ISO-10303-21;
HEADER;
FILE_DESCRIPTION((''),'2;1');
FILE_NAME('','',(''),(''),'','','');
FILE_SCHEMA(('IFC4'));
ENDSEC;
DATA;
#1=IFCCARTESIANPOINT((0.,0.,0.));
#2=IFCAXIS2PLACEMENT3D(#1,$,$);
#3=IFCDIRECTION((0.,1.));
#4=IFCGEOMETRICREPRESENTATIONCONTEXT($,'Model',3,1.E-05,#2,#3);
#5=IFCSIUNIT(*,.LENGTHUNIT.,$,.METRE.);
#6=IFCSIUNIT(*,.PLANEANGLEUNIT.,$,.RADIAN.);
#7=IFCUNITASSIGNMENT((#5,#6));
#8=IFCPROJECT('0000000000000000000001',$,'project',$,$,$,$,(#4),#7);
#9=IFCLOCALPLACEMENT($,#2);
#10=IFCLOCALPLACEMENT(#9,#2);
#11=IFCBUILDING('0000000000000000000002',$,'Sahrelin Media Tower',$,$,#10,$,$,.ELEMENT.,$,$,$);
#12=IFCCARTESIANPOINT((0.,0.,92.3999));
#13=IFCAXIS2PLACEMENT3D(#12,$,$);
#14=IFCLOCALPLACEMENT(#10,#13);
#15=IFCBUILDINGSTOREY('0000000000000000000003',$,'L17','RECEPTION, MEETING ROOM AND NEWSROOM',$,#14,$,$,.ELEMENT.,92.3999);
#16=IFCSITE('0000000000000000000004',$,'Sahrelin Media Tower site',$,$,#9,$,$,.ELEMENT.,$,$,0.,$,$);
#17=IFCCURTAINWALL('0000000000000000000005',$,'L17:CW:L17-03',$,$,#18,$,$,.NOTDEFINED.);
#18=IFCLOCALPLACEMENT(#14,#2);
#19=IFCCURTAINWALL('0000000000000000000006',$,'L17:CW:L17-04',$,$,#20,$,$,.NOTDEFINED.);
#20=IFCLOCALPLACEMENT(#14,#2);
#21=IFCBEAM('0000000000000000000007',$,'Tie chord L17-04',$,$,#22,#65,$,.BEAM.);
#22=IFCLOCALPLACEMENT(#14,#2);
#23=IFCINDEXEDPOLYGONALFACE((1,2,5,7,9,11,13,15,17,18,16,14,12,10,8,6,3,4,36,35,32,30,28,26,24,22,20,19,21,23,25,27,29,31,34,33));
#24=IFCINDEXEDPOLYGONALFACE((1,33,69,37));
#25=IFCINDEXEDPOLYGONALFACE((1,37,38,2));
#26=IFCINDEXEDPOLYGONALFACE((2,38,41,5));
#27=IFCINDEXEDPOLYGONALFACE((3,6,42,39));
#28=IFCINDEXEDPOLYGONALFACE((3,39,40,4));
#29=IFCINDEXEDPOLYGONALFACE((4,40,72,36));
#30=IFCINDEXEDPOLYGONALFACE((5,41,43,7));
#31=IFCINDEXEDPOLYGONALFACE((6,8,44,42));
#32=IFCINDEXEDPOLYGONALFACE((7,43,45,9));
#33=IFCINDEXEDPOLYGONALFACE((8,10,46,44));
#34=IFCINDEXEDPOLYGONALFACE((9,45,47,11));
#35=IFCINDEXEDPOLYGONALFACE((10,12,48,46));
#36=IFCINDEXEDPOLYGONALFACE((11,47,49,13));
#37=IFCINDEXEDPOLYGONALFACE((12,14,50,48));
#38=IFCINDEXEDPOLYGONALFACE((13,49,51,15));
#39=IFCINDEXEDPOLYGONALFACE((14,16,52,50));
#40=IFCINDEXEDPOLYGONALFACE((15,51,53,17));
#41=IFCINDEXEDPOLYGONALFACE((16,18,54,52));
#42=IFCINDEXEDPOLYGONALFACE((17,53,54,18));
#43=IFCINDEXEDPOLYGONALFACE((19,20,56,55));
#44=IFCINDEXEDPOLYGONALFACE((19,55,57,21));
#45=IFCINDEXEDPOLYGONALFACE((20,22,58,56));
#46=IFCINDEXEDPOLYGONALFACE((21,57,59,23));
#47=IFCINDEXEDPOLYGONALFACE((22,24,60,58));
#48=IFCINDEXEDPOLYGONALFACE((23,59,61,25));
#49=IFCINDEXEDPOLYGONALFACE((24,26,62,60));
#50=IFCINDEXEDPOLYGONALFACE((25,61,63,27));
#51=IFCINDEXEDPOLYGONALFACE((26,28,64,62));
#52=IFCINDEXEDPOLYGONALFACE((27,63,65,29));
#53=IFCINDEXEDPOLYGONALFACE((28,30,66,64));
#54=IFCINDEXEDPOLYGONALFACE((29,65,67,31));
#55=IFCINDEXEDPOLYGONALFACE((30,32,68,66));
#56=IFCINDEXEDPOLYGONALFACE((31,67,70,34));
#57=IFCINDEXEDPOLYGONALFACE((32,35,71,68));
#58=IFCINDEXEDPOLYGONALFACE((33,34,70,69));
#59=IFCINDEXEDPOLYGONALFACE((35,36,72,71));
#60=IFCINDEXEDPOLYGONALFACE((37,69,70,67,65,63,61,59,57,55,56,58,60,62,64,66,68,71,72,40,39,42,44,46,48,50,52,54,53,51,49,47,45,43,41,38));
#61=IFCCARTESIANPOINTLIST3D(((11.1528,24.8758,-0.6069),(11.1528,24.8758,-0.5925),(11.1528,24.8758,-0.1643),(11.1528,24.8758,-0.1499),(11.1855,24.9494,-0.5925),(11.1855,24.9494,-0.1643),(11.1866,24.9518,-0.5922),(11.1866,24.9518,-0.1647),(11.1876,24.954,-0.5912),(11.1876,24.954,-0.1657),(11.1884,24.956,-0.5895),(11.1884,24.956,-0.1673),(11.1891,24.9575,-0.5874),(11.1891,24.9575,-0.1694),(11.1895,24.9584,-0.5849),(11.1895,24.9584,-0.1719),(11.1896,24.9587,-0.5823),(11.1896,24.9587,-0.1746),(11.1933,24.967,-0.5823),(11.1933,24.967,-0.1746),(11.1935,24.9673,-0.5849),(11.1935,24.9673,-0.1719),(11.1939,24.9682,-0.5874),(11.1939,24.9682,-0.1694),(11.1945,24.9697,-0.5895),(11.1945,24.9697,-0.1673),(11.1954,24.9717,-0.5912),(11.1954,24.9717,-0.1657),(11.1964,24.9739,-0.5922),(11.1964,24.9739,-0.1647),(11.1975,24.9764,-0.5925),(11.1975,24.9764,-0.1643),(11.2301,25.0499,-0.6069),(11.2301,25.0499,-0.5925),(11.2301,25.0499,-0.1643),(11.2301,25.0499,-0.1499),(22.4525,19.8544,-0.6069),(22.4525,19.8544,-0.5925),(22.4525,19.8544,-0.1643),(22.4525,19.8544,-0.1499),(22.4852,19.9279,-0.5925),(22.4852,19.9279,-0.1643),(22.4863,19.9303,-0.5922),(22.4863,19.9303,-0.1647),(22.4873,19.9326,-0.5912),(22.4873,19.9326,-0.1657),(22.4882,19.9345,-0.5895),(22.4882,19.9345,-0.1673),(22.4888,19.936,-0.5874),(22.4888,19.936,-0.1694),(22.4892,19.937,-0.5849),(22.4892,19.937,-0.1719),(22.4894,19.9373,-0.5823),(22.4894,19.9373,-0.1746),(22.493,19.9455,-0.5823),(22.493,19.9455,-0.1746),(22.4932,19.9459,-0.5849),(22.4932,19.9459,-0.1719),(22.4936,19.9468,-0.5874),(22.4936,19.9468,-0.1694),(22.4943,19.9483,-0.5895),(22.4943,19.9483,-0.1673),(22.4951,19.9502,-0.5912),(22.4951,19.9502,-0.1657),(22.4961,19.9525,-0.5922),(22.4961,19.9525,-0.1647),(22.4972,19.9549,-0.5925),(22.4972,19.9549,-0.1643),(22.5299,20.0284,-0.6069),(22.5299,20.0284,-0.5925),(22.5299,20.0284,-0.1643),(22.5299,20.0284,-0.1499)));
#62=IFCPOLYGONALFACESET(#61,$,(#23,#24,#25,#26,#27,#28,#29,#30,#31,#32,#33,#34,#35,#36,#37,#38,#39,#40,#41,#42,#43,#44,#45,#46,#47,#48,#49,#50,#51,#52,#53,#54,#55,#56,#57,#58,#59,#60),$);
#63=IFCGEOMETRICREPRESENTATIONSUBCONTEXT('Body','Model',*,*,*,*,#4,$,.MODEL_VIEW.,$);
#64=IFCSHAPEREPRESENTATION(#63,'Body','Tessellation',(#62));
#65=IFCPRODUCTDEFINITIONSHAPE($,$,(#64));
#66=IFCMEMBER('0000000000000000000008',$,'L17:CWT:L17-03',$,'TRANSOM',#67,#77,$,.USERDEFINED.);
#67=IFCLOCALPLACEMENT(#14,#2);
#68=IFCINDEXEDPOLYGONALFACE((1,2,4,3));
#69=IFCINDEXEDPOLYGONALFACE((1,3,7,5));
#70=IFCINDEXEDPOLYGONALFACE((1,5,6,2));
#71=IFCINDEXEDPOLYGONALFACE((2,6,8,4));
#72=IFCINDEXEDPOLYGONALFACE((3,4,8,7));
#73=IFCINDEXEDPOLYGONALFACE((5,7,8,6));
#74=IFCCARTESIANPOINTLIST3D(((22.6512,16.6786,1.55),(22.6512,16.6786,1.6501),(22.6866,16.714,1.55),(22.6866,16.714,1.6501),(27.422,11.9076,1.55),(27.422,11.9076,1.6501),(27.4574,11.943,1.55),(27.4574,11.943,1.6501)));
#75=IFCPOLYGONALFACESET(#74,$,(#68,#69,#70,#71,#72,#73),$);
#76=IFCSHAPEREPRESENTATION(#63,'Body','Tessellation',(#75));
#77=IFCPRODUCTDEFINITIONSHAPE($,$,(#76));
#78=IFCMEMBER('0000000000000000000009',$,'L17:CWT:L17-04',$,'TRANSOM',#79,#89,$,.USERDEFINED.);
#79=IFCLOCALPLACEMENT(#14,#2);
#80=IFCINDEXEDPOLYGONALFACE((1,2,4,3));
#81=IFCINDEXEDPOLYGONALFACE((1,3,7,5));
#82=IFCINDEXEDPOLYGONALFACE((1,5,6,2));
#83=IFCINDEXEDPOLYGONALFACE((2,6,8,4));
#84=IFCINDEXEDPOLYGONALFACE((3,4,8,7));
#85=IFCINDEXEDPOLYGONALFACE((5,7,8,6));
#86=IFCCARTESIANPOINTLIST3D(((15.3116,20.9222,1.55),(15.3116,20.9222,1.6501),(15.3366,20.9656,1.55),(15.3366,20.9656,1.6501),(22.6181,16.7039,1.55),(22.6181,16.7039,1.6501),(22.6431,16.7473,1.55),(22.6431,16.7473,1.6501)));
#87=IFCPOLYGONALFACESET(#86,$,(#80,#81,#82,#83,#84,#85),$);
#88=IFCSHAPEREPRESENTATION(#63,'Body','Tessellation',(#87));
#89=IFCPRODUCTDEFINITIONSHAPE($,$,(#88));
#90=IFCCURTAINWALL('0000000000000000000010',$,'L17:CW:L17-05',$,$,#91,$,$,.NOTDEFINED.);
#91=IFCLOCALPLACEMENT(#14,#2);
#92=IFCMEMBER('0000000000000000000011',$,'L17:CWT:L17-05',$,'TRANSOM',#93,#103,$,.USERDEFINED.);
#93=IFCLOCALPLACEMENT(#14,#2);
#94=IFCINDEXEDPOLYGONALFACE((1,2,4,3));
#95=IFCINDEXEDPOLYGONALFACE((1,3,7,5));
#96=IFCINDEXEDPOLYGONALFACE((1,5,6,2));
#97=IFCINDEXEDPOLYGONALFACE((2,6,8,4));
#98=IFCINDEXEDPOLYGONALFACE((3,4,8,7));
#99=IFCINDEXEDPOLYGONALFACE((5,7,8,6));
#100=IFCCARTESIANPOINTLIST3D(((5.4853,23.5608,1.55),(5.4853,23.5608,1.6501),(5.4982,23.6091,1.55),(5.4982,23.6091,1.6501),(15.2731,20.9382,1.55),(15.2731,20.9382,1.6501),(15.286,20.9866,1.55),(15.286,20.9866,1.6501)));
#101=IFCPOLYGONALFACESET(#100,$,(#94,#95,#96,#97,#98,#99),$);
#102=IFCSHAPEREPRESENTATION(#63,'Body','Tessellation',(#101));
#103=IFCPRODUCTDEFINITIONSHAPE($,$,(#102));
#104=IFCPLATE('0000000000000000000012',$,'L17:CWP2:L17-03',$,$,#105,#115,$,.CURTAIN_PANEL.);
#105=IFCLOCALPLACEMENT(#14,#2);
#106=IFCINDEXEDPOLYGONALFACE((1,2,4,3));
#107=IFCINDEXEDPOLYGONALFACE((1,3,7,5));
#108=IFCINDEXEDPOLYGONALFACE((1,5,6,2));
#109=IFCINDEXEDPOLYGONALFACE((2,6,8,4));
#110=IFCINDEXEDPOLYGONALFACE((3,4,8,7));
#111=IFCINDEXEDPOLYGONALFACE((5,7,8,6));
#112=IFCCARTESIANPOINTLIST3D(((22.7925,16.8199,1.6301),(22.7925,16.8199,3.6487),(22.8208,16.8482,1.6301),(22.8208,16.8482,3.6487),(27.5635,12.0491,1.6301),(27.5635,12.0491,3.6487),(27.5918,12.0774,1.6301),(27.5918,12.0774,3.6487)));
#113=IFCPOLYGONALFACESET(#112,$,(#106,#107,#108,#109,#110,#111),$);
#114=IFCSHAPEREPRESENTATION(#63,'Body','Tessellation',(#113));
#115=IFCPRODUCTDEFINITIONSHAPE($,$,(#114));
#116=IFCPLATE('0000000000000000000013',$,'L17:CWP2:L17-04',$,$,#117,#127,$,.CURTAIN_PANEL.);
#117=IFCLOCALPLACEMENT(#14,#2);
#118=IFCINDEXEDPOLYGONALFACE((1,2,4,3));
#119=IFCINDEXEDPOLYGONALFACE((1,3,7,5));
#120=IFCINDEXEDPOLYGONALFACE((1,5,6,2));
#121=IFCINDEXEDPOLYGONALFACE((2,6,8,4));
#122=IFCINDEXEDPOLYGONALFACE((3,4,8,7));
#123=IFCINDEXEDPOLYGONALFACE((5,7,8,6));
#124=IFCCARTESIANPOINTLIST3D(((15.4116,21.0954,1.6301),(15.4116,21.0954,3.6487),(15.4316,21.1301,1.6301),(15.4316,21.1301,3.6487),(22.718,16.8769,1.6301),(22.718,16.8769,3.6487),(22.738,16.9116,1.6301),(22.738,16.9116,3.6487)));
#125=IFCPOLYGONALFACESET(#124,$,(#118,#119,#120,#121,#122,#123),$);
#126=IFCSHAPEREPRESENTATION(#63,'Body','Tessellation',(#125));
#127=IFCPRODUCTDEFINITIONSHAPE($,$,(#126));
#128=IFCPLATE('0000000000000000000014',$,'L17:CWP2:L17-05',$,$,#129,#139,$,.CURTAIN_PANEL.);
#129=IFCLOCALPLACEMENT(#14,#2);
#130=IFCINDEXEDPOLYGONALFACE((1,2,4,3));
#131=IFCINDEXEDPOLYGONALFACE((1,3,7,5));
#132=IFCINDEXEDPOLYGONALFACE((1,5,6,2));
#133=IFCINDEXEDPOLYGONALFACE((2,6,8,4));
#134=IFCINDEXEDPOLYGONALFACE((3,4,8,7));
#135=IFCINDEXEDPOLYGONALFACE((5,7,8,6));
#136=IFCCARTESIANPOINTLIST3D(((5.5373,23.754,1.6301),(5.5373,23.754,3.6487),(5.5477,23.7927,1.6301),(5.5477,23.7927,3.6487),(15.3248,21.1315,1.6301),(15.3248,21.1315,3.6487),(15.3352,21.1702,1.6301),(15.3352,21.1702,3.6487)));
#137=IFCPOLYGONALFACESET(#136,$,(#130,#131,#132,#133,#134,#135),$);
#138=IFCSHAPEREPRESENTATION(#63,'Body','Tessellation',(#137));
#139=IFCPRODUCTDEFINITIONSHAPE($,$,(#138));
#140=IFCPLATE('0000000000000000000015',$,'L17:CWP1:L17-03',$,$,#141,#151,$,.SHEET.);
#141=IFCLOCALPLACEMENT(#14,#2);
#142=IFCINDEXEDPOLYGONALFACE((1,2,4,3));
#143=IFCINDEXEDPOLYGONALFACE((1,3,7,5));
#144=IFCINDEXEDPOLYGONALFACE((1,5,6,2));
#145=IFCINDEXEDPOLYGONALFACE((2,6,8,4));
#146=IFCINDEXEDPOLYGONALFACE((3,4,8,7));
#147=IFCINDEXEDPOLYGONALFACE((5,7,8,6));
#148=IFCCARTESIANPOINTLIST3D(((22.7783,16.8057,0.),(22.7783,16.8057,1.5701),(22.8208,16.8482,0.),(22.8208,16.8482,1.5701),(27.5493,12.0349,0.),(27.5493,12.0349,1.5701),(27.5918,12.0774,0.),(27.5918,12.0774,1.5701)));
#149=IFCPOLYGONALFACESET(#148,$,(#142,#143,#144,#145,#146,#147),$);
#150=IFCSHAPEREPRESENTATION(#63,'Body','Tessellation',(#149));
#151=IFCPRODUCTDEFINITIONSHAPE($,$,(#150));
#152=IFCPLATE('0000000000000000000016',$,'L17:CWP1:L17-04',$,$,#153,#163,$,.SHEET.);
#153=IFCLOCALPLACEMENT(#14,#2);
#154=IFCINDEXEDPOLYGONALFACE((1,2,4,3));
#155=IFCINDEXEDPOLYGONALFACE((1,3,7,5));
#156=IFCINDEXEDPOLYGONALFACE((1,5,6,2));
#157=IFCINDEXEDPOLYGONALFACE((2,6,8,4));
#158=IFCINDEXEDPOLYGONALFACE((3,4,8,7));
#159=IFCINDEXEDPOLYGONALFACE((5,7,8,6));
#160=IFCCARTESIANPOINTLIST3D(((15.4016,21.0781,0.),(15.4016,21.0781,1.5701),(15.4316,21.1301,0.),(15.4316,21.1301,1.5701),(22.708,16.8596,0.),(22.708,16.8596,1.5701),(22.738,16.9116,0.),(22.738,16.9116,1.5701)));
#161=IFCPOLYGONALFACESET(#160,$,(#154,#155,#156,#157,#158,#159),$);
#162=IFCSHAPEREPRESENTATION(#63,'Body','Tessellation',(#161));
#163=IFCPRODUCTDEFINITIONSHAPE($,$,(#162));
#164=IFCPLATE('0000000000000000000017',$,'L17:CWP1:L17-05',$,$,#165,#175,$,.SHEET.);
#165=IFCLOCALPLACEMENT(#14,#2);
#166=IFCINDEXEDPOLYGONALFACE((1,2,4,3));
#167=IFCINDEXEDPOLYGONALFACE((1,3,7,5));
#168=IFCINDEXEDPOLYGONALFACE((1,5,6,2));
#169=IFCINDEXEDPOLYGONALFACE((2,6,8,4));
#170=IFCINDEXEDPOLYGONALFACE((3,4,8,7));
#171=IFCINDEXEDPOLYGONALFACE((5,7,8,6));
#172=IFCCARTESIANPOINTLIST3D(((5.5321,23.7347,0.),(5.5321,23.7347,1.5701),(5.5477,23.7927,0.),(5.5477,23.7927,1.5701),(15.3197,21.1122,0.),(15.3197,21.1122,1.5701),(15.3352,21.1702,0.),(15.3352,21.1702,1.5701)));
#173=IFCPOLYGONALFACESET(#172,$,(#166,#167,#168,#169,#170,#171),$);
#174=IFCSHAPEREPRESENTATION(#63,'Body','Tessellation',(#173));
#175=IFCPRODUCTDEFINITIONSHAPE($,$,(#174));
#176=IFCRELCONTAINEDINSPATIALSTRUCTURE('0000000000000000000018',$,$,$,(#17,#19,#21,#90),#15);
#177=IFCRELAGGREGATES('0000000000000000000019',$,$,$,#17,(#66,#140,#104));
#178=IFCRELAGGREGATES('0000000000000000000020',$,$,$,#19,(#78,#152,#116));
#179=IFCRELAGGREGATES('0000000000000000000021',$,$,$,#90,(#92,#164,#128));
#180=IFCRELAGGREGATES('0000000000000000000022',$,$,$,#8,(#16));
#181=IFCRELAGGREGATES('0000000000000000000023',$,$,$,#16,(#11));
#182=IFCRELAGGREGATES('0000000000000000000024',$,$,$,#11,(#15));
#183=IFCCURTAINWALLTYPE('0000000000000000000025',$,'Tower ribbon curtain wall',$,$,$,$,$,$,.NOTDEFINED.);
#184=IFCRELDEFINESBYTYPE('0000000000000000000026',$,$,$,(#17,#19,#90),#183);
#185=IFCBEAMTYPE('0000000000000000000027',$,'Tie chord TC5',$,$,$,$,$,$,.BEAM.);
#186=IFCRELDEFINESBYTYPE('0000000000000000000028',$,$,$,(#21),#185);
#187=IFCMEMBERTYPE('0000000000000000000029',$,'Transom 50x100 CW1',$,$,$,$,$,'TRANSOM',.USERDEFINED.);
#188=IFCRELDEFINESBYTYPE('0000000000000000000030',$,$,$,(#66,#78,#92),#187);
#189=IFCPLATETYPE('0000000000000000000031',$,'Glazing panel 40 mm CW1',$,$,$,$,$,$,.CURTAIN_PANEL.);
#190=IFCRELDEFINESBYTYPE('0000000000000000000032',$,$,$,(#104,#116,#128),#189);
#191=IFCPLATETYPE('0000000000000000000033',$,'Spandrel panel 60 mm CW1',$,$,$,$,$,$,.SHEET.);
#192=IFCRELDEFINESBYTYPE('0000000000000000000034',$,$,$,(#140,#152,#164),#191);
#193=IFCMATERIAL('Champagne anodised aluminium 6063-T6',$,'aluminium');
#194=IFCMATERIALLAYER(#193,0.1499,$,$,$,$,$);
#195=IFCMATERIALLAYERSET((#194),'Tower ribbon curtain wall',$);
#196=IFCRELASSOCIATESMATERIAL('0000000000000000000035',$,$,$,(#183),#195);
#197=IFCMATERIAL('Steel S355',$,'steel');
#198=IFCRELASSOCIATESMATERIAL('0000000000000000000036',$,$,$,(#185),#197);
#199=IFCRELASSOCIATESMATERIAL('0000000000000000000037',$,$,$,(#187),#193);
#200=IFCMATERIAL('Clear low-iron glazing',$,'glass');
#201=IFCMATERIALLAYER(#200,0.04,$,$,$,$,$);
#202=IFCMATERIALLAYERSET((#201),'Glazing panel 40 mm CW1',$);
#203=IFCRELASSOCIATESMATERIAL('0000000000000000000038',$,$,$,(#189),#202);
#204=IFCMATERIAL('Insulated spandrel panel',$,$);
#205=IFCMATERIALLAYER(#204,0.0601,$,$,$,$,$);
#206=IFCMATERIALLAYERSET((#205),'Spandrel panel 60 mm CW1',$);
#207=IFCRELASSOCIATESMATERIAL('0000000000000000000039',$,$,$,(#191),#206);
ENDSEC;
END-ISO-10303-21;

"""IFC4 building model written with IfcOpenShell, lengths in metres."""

from ifc_helpers import new_model, si_unit, direction, frame, origin, origin_2d, place, context, subcontext, project, spatial, polyline, rectangle, i_section, outline, extrude, material, layer, layer_set, material_profile, profile_set, type_object, element, aggregate, save


model = new_model("IFC4")

# Units and contexts
model_context = context("Model", 3, precision=1e-05, world=origin(), true_north=direction((0.0, 1.0)))
body_context = subcontext(model_context, "Body", "Model", "MODEL_VIEW")
ifc_project = project(units=[si_unit("LENGTHUNIT", "METRE"), si_unit("PLANEANGLEUNIT", "RADIAN")], contexts=[model_context])

# Site, building, storey
site_placement = place(None, origin())
site = spatial("IfcSite", under=ifc_project, at=site_placement, Name="Sahrelin Media Tower site", CompositionType="ELEMENT", RefElevation=0.0)
building_placement = place(site_placement, origin())
building = spatial("IfcBuilding", under=site, at=building_placement, Name="Sahrelin Media Tower", CompositionType="ELEMENT")
storey_placement = place(building_placement, frame((0.0, 0.0, 92.3999)))
storey = spatial("IfcBuildingStorey", under=building, at=storey_placement, Name="L17", Description="RECEPTION, MEETING ROOM AND NEWSROOM", CompositionType="ELEMENT", Elevation=92.3999)

# Shared definitions
ifc_material_1 = material(Name="Steel S355", Category="steel")

# Curtain walls
ifc_material_2 = material(Name="Champagne anodised aluminium 6063-T6", Category="aluminium")
ifc_layer_1 = layer(ifc_material_2, 0.1499)
ifc_layer_set_1 = layer_set([ifc_layer_1], Name="Tower ribbon curtain wall")
curtain_wall_type = type_object("IfcCurtainWallType", Name="Tower ribbon curtain wall", PredefinedType="NOTDEFINED", material=ifc_layer_set_1)
curtain_wall_1_placement = place(storey_placement, frame((25.1921, 14.4487, 0.0), z_axis=(0.0, 0.0, 1.0), x_axis=(1.0, 0.0, 0.0)))
curtain_wall_1 = element("IfcCurtainWall", 1, at=curtain_wall_1_placement, inside=storey, type_object=curtain_wall_type, Name="L17:CW:L17-03", PredefinedType="NOTDEFINED")
curtain_wall_2_placement = place(storey_placement, frame((19.075, 19.0037, 0.0), z_axis=(0.0, 0.0, 1.0), x_axis=(1.0, 0.0, 0.0)))
curtain_wall_2 = element("IfcCurtainWall", 2, at=curtain_wall_2_placement, inside=storey, type_object=curtain_wall_type, Name="L17:CW:L17-04", PredefinedType="NOTDEFINED")

# Beam
ifc_material_profile_1 = material_profile(ifc_material_1, i_section(OverallWidth=0.1904, OverallDepth=0.457, WebThickness=0.009, FlangeThickness=0.0144, FilletRadius=0.0103, at=origin_2d()), Name="UB 457x191x74")
ifc_profile_set_1 = profile_set([ifc_material_profile_1], Name="Steel S355")
beam_type_1 = type_object("IfcBeamType", Name="Tie chord TC5", PredefinedType="BEAM", material=ifc_profile_set_1)
beam_1_placement = place(storey_placement, frame((22.4912, 19.9414, -0.3784), z_axis=(-0.913831, 0.406094, 0.0), x_axis=(-0.406094, -0.913831, 0.0)))
element("IfcBeam", 3, at=beam_1_placement, inside=storey, type_object=beam_type_1, Name="Tie chord L17-04", PredefinedType="BEAM", context=body_context, shape_type="SweptSolid", body=[
    extrude(i_section(OverallWidth=0.1904, OverallDepth=0.457, WebThickness=0.009, FlangeThickness=0.0144, FilletRadius=0.0103, at=origin_2d()), origin(), (0.0, 0.0, 1.0), 12.3652),
])

# Members
ifc_material_profile_2 = material_profile(ifc_material_2, rectangle(XDim=0.05, YDim=0.1001, at=origin_2d()), Name="Transom 50x100")
ifc_profile_set_2 = profile_set([ifc_material_profile_2], Name="Champagne anodised aluminium 6063-T6")
member_type_1 = type_object("IfcMemberType", Name="Transom 50x100 CW1", ElementType="TRANSOM", PredefinedType="USERDEFINED", material=ifc_profile_set_2)
member_1_placement = place(storey_placement, frame((27.4397, 11.9253, 1.6001), z_axis=(-0.707089, 0.707125, 0.0), x_axis=(-0.707125, -0.707089, 0.0)))
member_1 = element("IfcMember", 4, at=member_1_placement, type_object=member_type_1, Name="L17:CWT:L17-03", ObjectType="TRANSOM", PredefinedType="USERDEFINED", context=body_context, shape_type="SweptSolid", body=[
    extrude(rectangle(XDim=0.05, YDim=0.1001, at=origin_2d()), origin(), (0.0, 0.0, 1.0), 6.7471),
])
member_2_placement = place(storey_placement, frame((22.6306, 16.7256, 1.6001), z_axis=(-0.86603, 0.499992, 0.0), x_axis=(-0.499992, -0.86603, 0.0)))
member_2 = element("IfcMember", 5, at=member_2_placement, type_object=member_type_1, Name="L17:CWT:L17-04", ObjectType="TRANSOM", PredefinedType="USERDEFINED", context=body_context, shape_type="SweptSolid", body=[
    extrude(rectangle(XDim=0.05, YDim=0.1001, at=origin_2d()), origin(), (0.0, 0.0, 1.0), 8.4368),
])

# Curtain wall, member
curtain_wall_3_placement = place(storey_placement, frame((10.4363, 22.4619, 0.0), z_axis=(0.0, 0.0, 1.0), x_axis=(1.0, 0.0, 0.0)))
curtain_wall_3 = element("IfcCurtainWall", 6, at=curtain_wall_3_placement, inside=storey, type_object=curtain_wall_type, Name="L17:CW:L17-05", PredefinedType="NOTDEFINED")
member_3_placement = place(storey_placement, frame((15.2795, 20.9624, 1.6001), z_axis=(-0.965928, 0.258811, 0.0), x_axis=(-0.258811, -0.965928, 0.0)))
member_3 = element("IfcMember", 7, at=member_3_placement, type_object=member_type_1, Name="L17:CWT:L17-05", ObjectType="TRANSOM", PredefinedType="USERDEFINED", context=body_context, shape_type="SweptSolid", body=[
    extrude(rectangle(XDim=0.05, YDim=0.1001, at=origin_2d()), origin(), (0.0, 0.0, 1.0), 10.1331),
])

# Plates
ifc_material_3 = material(Name="Clear low-iron glazing", Category="glass")
ifc_layer_2 = layer(ifc_material_3, 0.04)
ifc_layer_set_2 = layer_set([ifc_layer_2], Name="Glazing panel 40 mm CW1")
plate_type_1 = type_object("IfcPlateType", Name="Glazing panel 40 mm CW1", PredefinedType="CURTAIN_PANEL", material=ifc_layer_set_2)
plate_1_placement = place(storey_placement, frame((27.5918, 12.0774, 1.6301), z_axis=(0.707089, 0.707125, 0.0), x_axis=(-0.707125, 0.707089, 0.0)))
plate_1 = element("IfcPlate", 8, at=plate_1_placement, type_object=plate_type_1, Name="L17:CWP2:L17-03", PredefinedType="CURTAIN_PANEL", context=body_context, shape_type="SweptSolid", body=[
    extrude(outline(polyline([(0.0, 0.0), (6.7471, 0.0), (6.7471, 2.0186), (0.0, 2.0186), (0.0, 0.0)])), origin(), (0.0, 0.0, -1.0), 0.04),
])
plate_2_placement = place(storey_placement, frame((22.738, 16.9116, 1.6301), z_axis=(0.500014, 0.866017, 0.0), x_axis=(-0.866017, 0.500014, 0.0)))
plate_2 = element("IfcPlate", 9, at=plate_2_placement, type_object=plate_type_1, Name="L17:CWP2:L17-04", PredefinedType="CURTAIN_PANEL", context=body_context, shape_type="SweptSolid", body=[
    extrude(outline(polyline([(0.0, 0.0), (8.4368, 0.0), (8.4368, 2.0186), (0.0, 2.0186), (0.0, 0.0)])), origin(), (0.0, 0.0, -1.0), 0.04),
])
plate_3_placement = place(storey_placement, frame((15.3352, 21.1702, 1.6301), z_axis=(0.258817, 0.965926, 0.0), x_axis=(-0.965926, 0.258817, 0.0)))
plate_3 = element("IfcPlate", 10, at=plate_3_placement, type_object=plate_type_1, Name="L17:CWP2:L17-05", PredefinedType="CURTAIN_PANEL", context=body_context, shape_type="SweptSolid", body=[
    extrude(outline(polyline([(0.0, 0.0), (10.1328, 0.0), (10.1328, 2.0186), (0.0, 2.0186), (0.0, 0.0)])), origin(), (0.0, 0.0, -1.0), 0.04),
])
ifc_material_4 = material(Name="Insulated spandrel panel")
ifc_layer_3 = layer(ifc_material_4, 0.0601)
ifc_layer_set_3 = layer_set([ifc_layer_3], Name="Spandrel panel 60 mm CW1")
plate_type_2 = type_object("IfcPlateType", Name="Spandrel panel 60 mm CW1", PredefinedType="SHEET", material=ifc_layer_set_3)
plate_4_placement = place(storey_placement, frame((27.5918, 12.0774, 0.0), z_axis=(0.707089, 0.707125, 0.0), x_axis=(-0.707125, 0.707089, 0.0)))
plate_4 = element("IfcPlate", 11, at=plate_4_placement, type_object=plate_type_2, Name="L17:CWP1:L17-03", PredefinedType="SHEET", context=body_context, shape_type="SweptSolid", body=[
    extrude(outline(polyline([(0.0, 0.0), (6.7471, 0.0), (6.7471, 1.5701), (0.0, 1.5701), (0.0, 0.0)])), origin(), (0.0, 0.0, -1.0), 0.0601),
])
aggregate(curtain_wall_1, [member_1, plate_4, plate_1])
plate_5_placement = place(storey_placement, frame((22.738, 16.9116, 0.0), z_axis=(0.500014, 0.866017, 0.0), x_axis=(-0.866017, 0.500014, 0.0)))
plate_5 = element("IfcPlate", 12, at=plate_5_placement, type_object=plate_type_2, Name="L17:CWP1:L17-04", PredefinedType="SHEET", context=body_context, shape_type="SweptSolid", body=[
    extrude(outline(polyline([(0.0, 0.0), (8.4368, 0.0), (8.4368, 1.5701), (0.0, 1.5701), (0.0, 0.0)])), origin(), (0.0, 0.0, -1.0), 0.0601),
])
aggregate(curtain_wall_2, [member_2, plate_5, plate_2])
plate_6_placement = place(storey_placement, frame((15.3352, 21.1702, 0.0), z_axis=(0.258817, 0.965926, 0.0), x_axis=(-0.965926, 0.258817, 0.0)))
plate_6 = element("IfcPlate", 13, at=plate_6_placement, type_object=plate_type_2, Name="L17:CWP1:L17-05", PredefinedType="SHEET", context=body_context, shape_type="SweptSolid", body=[
    extrude(outline(polyline([(0.0, 0.0), (10.1328, 0.0), (10.1328, 1.5701), (0.0, 1.5701), (0.0, 0.0)])), origin(), (0.0, 0.0, -1.0), 0.0601),
])
aggregate(curtain_wall_3, [member_3, plate_6, plate_3])

save(model, "model.ifc")
